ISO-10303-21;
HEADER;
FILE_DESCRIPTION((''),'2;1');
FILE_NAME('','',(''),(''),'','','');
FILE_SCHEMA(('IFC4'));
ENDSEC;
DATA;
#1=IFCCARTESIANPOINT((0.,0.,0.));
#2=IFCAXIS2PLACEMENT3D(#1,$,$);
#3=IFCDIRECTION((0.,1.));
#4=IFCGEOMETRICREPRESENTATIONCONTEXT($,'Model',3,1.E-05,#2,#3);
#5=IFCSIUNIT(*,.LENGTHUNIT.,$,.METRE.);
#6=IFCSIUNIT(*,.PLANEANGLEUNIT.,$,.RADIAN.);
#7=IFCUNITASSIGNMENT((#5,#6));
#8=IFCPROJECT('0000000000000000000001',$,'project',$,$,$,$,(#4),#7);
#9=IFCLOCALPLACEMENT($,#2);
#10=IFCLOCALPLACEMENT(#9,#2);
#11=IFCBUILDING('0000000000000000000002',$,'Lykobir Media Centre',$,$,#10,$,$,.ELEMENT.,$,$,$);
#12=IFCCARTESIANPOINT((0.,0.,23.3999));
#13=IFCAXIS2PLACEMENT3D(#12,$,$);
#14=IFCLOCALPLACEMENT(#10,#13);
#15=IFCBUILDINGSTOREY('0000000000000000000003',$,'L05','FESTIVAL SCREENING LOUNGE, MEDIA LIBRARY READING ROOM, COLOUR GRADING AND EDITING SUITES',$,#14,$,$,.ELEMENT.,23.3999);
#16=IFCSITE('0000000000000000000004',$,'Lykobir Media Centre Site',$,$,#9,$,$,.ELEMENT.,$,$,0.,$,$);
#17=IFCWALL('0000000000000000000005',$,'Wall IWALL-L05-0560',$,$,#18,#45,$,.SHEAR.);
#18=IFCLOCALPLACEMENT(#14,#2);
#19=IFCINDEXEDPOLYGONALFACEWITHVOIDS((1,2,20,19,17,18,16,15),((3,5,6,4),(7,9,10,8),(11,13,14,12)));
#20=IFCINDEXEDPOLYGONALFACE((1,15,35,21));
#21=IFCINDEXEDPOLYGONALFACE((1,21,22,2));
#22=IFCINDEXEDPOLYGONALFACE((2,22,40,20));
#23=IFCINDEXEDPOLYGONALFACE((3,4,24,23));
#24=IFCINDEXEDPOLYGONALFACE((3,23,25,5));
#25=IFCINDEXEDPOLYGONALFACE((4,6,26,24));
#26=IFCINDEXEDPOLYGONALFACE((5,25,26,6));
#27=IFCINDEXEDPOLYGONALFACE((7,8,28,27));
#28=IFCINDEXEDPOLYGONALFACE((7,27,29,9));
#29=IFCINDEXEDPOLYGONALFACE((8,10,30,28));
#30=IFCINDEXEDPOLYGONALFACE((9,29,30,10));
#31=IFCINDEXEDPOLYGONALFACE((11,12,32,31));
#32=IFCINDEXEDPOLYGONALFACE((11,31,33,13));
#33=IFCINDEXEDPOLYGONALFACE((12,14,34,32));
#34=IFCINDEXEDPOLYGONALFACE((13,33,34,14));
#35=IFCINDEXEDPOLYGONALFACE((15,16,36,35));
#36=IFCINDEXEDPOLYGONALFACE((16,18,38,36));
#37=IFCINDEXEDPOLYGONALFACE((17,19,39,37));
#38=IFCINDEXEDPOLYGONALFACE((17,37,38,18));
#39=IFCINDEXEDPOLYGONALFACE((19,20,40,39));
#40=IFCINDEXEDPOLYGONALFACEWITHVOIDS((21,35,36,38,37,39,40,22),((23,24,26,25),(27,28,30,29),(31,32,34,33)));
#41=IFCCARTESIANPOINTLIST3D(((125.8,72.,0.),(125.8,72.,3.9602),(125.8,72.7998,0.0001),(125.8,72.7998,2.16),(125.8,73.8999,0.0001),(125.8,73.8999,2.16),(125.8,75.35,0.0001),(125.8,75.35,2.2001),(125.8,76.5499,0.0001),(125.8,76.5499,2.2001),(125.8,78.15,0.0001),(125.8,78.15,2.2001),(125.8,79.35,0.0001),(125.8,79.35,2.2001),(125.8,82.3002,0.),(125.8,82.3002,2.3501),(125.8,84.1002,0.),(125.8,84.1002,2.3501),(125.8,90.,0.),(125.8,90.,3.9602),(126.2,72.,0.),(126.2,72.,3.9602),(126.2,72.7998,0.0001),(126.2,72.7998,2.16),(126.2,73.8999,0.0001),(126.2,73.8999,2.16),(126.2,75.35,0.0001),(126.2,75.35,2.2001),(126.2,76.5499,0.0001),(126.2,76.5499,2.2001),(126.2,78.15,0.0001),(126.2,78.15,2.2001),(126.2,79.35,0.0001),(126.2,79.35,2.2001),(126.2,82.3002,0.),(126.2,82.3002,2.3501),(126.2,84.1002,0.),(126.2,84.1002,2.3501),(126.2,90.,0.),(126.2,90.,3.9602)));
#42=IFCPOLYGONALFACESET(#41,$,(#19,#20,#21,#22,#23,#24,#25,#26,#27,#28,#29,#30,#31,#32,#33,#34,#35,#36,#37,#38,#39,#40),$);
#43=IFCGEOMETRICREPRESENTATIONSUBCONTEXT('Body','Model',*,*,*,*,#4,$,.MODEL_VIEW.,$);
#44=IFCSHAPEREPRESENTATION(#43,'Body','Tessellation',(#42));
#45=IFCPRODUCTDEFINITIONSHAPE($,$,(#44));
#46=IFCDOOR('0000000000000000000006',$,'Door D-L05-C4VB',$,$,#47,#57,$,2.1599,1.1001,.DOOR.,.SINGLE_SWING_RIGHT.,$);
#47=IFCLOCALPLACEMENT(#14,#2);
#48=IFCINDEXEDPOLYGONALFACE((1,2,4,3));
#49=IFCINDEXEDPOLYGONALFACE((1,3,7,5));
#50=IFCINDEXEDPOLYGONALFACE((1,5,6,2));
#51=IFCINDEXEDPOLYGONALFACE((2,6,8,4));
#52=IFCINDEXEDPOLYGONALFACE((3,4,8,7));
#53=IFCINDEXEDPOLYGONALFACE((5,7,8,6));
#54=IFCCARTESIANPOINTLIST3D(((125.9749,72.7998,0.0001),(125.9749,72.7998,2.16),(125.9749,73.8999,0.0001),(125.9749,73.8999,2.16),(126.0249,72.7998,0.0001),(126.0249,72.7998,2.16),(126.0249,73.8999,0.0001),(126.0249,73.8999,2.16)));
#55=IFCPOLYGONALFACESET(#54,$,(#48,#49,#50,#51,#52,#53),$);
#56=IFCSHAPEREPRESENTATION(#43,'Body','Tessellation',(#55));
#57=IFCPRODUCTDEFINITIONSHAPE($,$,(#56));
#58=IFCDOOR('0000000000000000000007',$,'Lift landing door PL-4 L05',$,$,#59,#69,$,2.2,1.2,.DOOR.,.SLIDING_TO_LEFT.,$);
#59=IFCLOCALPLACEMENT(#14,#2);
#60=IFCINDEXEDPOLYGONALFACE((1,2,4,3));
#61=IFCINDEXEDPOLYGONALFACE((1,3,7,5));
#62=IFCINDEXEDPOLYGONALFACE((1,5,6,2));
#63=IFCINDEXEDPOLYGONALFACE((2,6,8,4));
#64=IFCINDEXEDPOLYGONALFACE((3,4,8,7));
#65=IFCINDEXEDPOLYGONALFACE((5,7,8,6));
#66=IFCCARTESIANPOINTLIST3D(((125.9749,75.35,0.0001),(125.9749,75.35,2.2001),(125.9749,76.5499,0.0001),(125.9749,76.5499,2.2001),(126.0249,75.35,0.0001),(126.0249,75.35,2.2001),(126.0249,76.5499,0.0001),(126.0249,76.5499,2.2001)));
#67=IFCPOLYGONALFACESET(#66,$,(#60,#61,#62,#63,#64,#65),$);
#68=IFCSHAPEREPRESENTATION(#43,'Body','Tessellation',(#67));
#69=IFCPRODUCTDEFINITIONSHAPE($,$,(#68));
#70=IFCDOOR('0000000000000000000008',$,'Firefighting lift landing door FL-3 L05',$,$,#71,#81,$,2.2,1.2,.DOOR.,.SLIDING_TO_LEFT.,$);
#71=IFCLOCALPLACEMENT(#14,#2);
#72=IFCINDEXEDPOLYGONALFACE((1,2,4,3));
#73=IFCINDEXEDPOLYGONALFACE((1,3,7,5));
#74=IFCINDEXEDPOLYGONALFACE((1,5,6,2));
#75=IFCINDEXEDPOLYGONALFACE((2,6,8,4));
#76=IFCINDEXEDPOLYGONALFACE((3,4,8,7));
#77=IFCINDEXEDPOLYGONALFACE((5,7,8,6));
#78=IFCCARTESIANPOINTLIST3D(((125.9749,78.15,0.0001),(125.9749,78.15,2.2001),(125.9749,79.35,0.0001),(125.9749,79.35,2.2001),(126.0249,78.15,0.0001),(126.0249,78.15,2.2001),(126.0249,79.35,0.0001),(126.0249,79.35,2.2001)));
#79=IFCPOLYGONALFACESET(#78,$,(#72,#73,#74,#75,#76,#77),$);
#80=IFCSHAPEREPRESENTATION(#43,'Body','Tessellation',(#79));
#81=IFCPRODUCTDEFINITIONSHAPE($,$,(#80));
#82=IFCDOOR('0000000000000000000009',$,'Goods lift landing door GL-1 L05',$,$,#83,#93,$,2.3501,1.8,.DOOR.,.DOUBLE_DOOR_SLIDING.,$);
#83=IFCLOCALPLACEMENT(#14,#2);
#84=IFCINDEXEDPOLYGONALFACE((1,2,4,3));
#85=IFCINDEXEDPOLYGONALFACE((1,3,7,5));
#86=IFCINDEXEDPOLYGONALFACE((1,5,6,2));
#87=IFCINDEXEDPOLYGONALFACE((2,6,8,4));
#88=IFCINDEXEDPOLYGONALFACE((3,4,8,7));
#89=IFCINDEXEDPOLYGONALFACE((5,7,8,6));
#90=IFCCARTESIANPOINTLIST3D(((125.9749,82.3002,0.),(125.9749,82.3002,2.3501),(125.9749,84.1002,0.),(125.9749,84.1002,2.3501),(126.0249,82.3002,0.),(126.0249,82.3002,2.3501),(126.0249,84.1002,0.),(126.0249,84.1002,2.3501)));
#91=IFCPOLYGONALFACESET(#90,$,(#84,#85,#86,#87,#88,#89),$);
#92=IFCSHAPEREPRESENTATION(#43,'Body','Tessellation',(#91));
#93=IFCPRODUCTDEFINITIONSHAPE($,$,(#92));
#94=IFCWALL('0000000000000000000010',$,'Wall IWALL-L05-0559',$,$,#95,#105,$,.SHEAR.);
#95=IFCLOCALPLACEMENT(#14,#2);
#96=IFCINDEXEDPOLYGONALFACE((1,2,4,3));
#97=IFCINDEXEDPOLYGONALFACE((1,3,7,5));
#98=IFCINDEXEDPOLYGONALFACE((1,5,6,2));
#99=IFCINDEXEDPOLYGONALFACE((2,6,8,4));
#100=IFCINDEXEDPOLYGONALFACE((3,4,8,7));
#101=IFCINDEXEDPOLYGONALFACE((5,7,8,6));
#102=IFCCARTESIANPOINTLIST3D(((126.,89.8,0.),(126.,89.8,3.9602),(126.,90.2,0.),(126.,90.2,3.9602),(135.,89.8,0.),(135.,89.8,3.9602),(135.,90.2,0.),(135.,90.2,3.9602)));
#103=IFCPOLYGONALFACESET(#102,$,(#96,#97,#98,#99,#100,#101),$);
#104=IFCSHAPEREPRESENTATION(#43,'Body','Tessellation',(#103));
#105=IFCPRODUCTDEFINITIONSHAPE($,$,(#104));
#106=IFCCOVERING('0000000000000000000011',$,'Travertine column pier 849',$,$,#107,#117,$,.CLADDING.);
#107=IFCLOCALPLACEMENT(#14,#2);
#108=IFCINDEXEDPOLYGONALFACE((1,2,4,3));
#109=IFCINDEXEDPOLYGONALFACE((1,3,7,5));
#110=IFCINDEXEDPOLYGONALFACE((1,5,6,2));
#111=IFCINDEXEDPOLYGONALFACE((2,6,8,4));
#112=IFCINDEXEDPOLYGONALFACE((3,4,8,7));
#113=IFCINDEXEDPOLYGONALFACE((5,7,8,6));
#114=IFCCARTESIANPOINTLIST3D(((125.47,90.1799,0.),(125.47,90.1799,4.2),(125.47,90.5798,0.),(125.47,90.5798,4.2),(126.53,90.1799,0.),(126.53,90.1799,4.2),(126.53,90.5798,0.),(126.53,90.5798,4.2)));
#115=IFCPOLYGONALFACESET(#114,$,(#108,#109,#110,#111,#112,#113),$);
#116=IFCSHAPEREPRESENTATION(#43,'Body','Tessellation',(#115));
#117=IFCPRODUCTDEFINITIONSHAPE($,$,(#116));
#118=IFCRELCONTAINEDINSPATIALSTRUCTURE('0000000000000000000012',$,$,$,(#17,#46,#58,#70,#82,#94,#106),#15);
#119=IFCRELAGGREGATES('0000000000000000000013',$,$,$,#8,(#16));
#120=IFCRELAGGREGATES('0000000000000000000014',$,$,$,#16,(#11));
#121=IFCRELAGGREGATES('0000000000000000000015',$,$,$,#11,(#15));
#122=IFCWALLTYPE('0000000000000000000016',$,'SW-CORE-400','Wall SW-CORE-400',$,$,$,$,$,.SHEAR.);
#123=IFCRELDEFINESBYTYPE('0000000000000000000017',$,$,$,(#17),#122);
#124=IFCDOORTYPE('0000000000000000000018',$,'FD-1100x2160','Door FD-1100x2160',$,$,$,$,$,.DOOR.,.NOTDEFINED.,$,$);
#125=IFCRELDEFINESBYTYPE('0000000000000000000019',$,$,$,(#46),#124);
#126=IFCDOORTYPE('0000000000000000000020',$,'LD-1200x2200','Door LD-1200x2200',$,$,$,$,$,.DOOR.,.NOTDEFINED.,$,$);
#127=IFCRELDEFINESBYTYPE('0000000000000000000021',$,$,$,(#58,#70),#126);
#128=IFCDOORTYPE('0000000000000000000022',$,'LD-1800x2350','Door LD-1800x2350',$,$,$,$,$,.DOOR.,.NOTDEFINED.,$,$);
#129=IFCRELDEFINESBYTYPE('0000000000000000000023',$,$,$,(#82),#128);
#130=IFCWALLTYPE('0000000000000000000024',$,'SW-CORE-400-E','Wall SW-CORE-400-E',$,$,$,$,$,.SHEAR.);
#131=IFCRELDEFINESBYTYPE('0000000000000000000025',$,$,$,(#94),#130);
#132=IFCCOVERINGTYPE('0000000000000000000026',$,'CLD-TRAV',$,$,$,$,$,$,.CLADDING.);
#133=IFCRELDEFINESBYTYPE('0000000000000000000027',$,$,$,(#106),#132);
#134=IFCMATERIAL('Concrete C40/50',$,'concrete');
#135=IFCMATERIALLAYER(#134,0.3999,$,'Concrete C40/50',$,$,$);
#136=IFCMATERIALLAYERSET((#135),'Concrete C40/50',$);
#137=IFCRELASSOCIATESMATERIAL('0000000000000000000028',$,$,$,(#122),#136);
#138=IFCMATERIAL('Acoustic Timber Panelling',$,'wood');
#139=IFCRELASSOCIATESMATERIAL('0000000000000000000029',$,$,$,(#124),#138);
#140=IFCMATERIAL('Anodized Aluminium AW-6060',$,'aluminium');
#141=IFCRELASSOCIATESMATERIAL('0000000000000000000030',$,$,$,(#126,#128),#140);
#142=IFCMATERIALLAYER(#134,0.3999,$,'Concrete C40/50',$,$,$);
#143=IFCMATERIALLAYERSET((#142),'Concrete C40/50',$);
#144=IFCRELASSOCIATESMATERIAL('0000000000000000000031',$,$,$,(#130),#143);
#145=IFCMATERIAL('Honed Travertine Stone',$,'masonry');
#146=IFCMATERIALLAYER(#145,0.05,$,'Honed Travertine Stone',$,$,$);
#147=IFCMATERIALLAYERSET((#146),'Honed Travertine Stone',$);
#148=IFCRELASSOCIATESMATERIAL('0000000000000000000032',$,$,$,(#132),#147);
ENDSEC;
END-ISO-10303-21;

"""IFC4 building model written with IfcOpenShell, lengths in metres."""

from ifc_helpers import new_model, si_unit, direction, frame, frame_2d, origin, origin_2d, place, context, subcontext, project, spatial, rectangle, extrude, material, layer, layer_set, type_object, element, fill, save


model = new_model("IFC4")

# Units and contexts
model_context = context("Model", 3, precision=1e-05, world=origin(), true_north=direction((0.0, 1.0)))
body_context = subcontext(model_context, "Body", "Model", "MODEL_VIEW")
ifc_project = project(units=[si_unit("LENGTHUNIT", "METRE"), si_unit("PLANEANGLEUNIT", "RADIAN")], contexts=[model_context])

# Site, building, storey
site_placement = place(None, origin())
site = spatial("IfcSite", under=ifc_project, at=site_placement, Name="Lykobir Media Centre Site", CompositionType="ELEMENT", RefElevation=0.0)
building_placement = place(site_placement, origin())
building = spatial("IfcBuilding", under=site, at=building_placement, Name="Lykobir Media Centre", CompositionType="ELEMENT")
storey_placement = place(building_placement, frame((0.0, 0.0, 23.3999)))
storey = spatial("IfcBuildingStorey", under=building, at=storey_placement, Name="L05", Description="FESTIVAL SCREENING LOUNGE, MEDIA LIBRARY READING ROOM, COLOUR GRADING AND EDITING SUITES", CompositionType="ELEMENT", Elevation=23.3999)

# Shared definitions
ifc_material_1 = material(Name="Concrete C40/50", Category="concrete")

# Wall, openings, doors
ifc_layer_1 = layer(ifc_material_1, 0.3999, Name="Concrete C40/50")
ifc_layer_set_1 = layer_set([ifc_layer_1], Name="Concrete C40/50")
wall_type_1 = type_object("IfcWallType", Name="SW-CORE-400", Description="Wall SW-CORE-400", PredefinedType="SHEAR", material=ifc_layer_set_1)
wall_1_placement = place(storey_placement, frame((126.0, 90.0, 0.0), z_axis=(0.0, 0.0, 1.0), x_axis=(0.0, -1.0, 0.0)))
wall_1 = element("IfcWall", 1, at=wall_1_placement, inside=storey, type_object=wall_type_1, Name="Wall IWALL-L05-0560", PredefinedType="SHEAR", context=body_context, shape_type="SweptSolid", body=[
    extrude(rectangle(XDim=18.0, YDim=0.3999, at=frame_2d((9.0, 0.0))), origin(), (0.0, 0.0, 1.0), 3.9602),
])
opening_1_placement = place(wall_1_placement, frame((16.1001, 0.0, 0.0)))
opening_1 = element("IfcOpeningElement", 2, at=opening_1_placement, cuts=wall_1, PredefinedType="OPENING", context=body_context, shape_type="SweptSolid", body=[
    extrude(rectangle(XDim=1.1001, YDim=2.1599, at=frame_2d((0.55, 1.0801))), frame((0.0, 0.21, 0.0), z_axis=(0.0, -1.0, 0.0), x_axis=(1.0, 0.0, 0.0)), (0.0, 0.0, 1.0), 0.4199),
])
opening_2_placement = place(wall_1_placement, frame((13.45, 0.0, 0.0)))
opening_2 = element("IfcOpeningElement", 3, at=opening_2_placement, cuts=wall_1, PredefinedType="OPENING", context=body_context, shape_type="SweptSolid", body=[
    extrude(rectangle(XDim=1.2, YDim=2.2, at=frame_2d((0.6001, 1.1001))), frame((0.0, 0.21, 0.0), z_axis=(0.0, -1.0, 0.0), x_axis=(1.0, 0.0, 0.0)), (0.0, 0.0, 1.0), 0.4199),
])
opening_3_placement = place(wall_1_placement, frame((10.6499, 0.0, 0.0)))
opening_3 = element("IfcOpeningElement", 4, at=opening_3_placement, cuts=wall_1, PredefinedType="OPENING", context=body_context, shape_type="SweptSolid", body=[
    extrude(rectangle(XDim=1.2, YDim=2.2, at=frame_2d((0.6001, 1.1001))), frame((0.0, 0.21, 0.0), z_axis=(0.0, -1.0, 0.0), x_axis=(1.0, 0.0, 0.0)), (0.0, 0.0, 1.0), 0.4199),
])
opening_4_placement = place(wall_1_placement, frame((5.8999, 0.0, 0.0)))
opening_4 = element("IfcOpeningElement", 5, at=opening_4_placement, cuts=wall_1, PredefinedType="OPENING", context=body_context, shape_type="SweptSolid", body=[
    extrude(rectangle(XDim=1.8, YDim=2.3501, at=frame_2d((0.8999, 1.175))), frame((0.0, 0.21, 0.0), z_axis=(0.0, -1.0, 0.0), x_axis=(1.0, 0.0, 0.0)), (0.0, 0.0, 1.0), 0.4199),
])
ifc_material_2 = material(Name="Acoustic Timber Panelling", Category="wood")
door_type_1 = type_object("IfcDoorType", Name="FD-1100x2160", Description="Door FD-1100x2160", OperationType="NOTDEFINED", PredefinedType="DOOR", material=ifc_material_2)
door_1_placement = place(opening_1_placement, origin())
door_1 = element("IfcDoor", 6, at=door_1_placement, inside=storey, type_object=door_type_1, Name="Door D-L05-C4VB", OperationType="SINGLE_SWING_RIGHT", OverallHeight=2.1599, OverallWidth=1.1001, PredefinedType="DOOR", context=body_context, shape_type="SweptSolid", body=[
    extrude(rectangle(XDim=1.1001, YDim=2.1599, at=frame_2d((0.55, 1.0801))), frame((0.0, 0.0249, 0.0), z_axis=(0.0, -1.0, 0.0), x_axis=(1.0, 0.0, 0.0)), (0.0, 0.0, 1.0), 0.05),
])
fill(opening_1, door_1)
ifc_material_3 = material(Name="Anodized Aluminium AW-6060", Category="aluminium")
door_type_2 = type_object("IfcDoorType", Name="LD-1200x2200", Description="Door LD-1200x2200", OperationType="NOTDEFINED", PredefinedType="DOOR", material=ifc_material_3)
door_2_placement = place(opening_2_placement, origin())
door_2 = element("IfcDoor", 7, at=door_2_placement, inside=storey, type_object=door_type_2, Name="Lift landing door PL-4 L05", OperationType="SLIDING_TO_LEFT", OverallHeight=2.2, OverallWidth=1.2, PredefinedType="DOOR", context=body_context, shape_type="SweptSolid", body=[
    extrude(rectangle(XDim=1.2, YDim=2.2, at=frame_2d((0.6001, 1.1001))), frame((0.0, 0.0249, 0.0), z_axis=(0.0, -1.0, 0.0), x_axis=(1.0, 0.0, 0.0)), (0.0, 0.0, 1.0), 0.05),
])
fill(opening_2, door_2)
door_3_placement = place(opening_3_placement, origin())
door_3 = element("IfcDoor", 8, at=door_3_placement, inside=storey, type_object=door_type_2, Name="Firefighting lift landing door FL-3 L05", OperationType="SLIDING_TO_LEFT", OverallHeight=2.2, OverallWidth=1.2, PredefinedType="DOOR", context=body_context, shape_type="SweptSolid", body=[
    extrude(rectangle(XDim=1.2, YDim=2.2, at=frame_2d((0.6001, 1.1001))), frame((0.0, 0.0249, 0.0), z_axis=(0.0, -1.0, 0.0), x_axis=(1.0, 0.0, 0.0)), (0.0, 0.0, 1.0), 0.05),
])
fill(opening_3, door_3)
door_type_3 = type_object("IfcDoorType", Name="LD-1800x2350", Description="Door LD-1800x2350", OperationType="NOTDEFINED", PredefinedType="DOOR", material=ifc_material_3)
door_4_placement = place(opening_4_placement, origin())
door_4 = element("IfcDoor", 9, at=door_4_placement, inside=storey, type_object=door_type_3, Name="Goods lift landing door GL-1 L05", OperationType="DOUBLE_DOOR_SLIDING", OverallHeight=2.3501, OverallWidth=1.8, PredefinedType="DOOR", context=body_context, shape_type="SweptSolid", body=[
    extrude(rectangle(XDim=1.8, YDim=2.3501, at=frame_2d((0.8999, 1.175))), frame((0.0, 0.0249, 0.0), z_axis=(0.0, -1.0, 0.0), x_axis=(1.0, 0.0, 0.0)), (0.0, 0.0, 1.0), 0.05),
])
fill(opening_4, door_4)

# Wall
ifc_layer_2 = layer(ifc_material_1, 0.3999, Name="Concrete C40/50")
ifc_layer_set_2 = layer_set([ifc_layer_2], Name="Concrete C40/50")
wall_type_2 = type_object("IfcWallType", Name="SW-CORE-400-E", Description="Wall SW-CORE-400-E", PredefinedType="SHEAR", material=ifc_layer_set_2)
wall_2_placement = place(storey_placement, frame((135.0, 90.0, 0.0), z_axis=(0.0, 0.0, 1.0), x_axis=(-1.0, 0.0, 0.0)))
element("IfcWall", 10, at=wall_2_placement, inside=storey, type_object=wall_type_2, Name="Wall IWALL-L05-0559", PredefinedType="SHEAR", context=body_context, shape_type="SweptSolid", body=[
    extrude(rectangle(XDim=9.0, YDim=0.3999, at=frame_2d((4.5, 0.0))), origin(), (0.0, 0.0, 1.0), 3.9602),
])

# Covering
ifc_material_4 = material(Name="Honed Travertine Stone", Category="masonry")
ifc_layer_3 = layer(ifc_material_4, 0.05, Name="Honed Travertine Stone")
ifc_layer_set_3 = layer_set([ifc_layer_3], Name="Honed Travertine Stone")
covering_type = type_object("IfcCoveringType", Name="CLD-TRAV", PredefinedType="CLADDING", material=ifc_layer_set_3)
covering_placement = place(storey_placement, frame((126.0, 90.3799, 0.0), z_axis=(0.0, 0.0, 1.0), x_axis=(-1.0, 0.0, 0.0)))
element("IfcCovering", 11, at=covering_placement, inside=storey, type_object=covering_type, Name="Travertine column pier 849", PredefinedType="CLADDING", context=body_context, shape_type="SweptSolid", body=[
    extrude(rectangle(XDim=1.0601, YDim=0.3999, at=origin_2d()), origin(), (0.0, 0.0, 1.0), 4.2),
])

save(model, "model.ifc")
